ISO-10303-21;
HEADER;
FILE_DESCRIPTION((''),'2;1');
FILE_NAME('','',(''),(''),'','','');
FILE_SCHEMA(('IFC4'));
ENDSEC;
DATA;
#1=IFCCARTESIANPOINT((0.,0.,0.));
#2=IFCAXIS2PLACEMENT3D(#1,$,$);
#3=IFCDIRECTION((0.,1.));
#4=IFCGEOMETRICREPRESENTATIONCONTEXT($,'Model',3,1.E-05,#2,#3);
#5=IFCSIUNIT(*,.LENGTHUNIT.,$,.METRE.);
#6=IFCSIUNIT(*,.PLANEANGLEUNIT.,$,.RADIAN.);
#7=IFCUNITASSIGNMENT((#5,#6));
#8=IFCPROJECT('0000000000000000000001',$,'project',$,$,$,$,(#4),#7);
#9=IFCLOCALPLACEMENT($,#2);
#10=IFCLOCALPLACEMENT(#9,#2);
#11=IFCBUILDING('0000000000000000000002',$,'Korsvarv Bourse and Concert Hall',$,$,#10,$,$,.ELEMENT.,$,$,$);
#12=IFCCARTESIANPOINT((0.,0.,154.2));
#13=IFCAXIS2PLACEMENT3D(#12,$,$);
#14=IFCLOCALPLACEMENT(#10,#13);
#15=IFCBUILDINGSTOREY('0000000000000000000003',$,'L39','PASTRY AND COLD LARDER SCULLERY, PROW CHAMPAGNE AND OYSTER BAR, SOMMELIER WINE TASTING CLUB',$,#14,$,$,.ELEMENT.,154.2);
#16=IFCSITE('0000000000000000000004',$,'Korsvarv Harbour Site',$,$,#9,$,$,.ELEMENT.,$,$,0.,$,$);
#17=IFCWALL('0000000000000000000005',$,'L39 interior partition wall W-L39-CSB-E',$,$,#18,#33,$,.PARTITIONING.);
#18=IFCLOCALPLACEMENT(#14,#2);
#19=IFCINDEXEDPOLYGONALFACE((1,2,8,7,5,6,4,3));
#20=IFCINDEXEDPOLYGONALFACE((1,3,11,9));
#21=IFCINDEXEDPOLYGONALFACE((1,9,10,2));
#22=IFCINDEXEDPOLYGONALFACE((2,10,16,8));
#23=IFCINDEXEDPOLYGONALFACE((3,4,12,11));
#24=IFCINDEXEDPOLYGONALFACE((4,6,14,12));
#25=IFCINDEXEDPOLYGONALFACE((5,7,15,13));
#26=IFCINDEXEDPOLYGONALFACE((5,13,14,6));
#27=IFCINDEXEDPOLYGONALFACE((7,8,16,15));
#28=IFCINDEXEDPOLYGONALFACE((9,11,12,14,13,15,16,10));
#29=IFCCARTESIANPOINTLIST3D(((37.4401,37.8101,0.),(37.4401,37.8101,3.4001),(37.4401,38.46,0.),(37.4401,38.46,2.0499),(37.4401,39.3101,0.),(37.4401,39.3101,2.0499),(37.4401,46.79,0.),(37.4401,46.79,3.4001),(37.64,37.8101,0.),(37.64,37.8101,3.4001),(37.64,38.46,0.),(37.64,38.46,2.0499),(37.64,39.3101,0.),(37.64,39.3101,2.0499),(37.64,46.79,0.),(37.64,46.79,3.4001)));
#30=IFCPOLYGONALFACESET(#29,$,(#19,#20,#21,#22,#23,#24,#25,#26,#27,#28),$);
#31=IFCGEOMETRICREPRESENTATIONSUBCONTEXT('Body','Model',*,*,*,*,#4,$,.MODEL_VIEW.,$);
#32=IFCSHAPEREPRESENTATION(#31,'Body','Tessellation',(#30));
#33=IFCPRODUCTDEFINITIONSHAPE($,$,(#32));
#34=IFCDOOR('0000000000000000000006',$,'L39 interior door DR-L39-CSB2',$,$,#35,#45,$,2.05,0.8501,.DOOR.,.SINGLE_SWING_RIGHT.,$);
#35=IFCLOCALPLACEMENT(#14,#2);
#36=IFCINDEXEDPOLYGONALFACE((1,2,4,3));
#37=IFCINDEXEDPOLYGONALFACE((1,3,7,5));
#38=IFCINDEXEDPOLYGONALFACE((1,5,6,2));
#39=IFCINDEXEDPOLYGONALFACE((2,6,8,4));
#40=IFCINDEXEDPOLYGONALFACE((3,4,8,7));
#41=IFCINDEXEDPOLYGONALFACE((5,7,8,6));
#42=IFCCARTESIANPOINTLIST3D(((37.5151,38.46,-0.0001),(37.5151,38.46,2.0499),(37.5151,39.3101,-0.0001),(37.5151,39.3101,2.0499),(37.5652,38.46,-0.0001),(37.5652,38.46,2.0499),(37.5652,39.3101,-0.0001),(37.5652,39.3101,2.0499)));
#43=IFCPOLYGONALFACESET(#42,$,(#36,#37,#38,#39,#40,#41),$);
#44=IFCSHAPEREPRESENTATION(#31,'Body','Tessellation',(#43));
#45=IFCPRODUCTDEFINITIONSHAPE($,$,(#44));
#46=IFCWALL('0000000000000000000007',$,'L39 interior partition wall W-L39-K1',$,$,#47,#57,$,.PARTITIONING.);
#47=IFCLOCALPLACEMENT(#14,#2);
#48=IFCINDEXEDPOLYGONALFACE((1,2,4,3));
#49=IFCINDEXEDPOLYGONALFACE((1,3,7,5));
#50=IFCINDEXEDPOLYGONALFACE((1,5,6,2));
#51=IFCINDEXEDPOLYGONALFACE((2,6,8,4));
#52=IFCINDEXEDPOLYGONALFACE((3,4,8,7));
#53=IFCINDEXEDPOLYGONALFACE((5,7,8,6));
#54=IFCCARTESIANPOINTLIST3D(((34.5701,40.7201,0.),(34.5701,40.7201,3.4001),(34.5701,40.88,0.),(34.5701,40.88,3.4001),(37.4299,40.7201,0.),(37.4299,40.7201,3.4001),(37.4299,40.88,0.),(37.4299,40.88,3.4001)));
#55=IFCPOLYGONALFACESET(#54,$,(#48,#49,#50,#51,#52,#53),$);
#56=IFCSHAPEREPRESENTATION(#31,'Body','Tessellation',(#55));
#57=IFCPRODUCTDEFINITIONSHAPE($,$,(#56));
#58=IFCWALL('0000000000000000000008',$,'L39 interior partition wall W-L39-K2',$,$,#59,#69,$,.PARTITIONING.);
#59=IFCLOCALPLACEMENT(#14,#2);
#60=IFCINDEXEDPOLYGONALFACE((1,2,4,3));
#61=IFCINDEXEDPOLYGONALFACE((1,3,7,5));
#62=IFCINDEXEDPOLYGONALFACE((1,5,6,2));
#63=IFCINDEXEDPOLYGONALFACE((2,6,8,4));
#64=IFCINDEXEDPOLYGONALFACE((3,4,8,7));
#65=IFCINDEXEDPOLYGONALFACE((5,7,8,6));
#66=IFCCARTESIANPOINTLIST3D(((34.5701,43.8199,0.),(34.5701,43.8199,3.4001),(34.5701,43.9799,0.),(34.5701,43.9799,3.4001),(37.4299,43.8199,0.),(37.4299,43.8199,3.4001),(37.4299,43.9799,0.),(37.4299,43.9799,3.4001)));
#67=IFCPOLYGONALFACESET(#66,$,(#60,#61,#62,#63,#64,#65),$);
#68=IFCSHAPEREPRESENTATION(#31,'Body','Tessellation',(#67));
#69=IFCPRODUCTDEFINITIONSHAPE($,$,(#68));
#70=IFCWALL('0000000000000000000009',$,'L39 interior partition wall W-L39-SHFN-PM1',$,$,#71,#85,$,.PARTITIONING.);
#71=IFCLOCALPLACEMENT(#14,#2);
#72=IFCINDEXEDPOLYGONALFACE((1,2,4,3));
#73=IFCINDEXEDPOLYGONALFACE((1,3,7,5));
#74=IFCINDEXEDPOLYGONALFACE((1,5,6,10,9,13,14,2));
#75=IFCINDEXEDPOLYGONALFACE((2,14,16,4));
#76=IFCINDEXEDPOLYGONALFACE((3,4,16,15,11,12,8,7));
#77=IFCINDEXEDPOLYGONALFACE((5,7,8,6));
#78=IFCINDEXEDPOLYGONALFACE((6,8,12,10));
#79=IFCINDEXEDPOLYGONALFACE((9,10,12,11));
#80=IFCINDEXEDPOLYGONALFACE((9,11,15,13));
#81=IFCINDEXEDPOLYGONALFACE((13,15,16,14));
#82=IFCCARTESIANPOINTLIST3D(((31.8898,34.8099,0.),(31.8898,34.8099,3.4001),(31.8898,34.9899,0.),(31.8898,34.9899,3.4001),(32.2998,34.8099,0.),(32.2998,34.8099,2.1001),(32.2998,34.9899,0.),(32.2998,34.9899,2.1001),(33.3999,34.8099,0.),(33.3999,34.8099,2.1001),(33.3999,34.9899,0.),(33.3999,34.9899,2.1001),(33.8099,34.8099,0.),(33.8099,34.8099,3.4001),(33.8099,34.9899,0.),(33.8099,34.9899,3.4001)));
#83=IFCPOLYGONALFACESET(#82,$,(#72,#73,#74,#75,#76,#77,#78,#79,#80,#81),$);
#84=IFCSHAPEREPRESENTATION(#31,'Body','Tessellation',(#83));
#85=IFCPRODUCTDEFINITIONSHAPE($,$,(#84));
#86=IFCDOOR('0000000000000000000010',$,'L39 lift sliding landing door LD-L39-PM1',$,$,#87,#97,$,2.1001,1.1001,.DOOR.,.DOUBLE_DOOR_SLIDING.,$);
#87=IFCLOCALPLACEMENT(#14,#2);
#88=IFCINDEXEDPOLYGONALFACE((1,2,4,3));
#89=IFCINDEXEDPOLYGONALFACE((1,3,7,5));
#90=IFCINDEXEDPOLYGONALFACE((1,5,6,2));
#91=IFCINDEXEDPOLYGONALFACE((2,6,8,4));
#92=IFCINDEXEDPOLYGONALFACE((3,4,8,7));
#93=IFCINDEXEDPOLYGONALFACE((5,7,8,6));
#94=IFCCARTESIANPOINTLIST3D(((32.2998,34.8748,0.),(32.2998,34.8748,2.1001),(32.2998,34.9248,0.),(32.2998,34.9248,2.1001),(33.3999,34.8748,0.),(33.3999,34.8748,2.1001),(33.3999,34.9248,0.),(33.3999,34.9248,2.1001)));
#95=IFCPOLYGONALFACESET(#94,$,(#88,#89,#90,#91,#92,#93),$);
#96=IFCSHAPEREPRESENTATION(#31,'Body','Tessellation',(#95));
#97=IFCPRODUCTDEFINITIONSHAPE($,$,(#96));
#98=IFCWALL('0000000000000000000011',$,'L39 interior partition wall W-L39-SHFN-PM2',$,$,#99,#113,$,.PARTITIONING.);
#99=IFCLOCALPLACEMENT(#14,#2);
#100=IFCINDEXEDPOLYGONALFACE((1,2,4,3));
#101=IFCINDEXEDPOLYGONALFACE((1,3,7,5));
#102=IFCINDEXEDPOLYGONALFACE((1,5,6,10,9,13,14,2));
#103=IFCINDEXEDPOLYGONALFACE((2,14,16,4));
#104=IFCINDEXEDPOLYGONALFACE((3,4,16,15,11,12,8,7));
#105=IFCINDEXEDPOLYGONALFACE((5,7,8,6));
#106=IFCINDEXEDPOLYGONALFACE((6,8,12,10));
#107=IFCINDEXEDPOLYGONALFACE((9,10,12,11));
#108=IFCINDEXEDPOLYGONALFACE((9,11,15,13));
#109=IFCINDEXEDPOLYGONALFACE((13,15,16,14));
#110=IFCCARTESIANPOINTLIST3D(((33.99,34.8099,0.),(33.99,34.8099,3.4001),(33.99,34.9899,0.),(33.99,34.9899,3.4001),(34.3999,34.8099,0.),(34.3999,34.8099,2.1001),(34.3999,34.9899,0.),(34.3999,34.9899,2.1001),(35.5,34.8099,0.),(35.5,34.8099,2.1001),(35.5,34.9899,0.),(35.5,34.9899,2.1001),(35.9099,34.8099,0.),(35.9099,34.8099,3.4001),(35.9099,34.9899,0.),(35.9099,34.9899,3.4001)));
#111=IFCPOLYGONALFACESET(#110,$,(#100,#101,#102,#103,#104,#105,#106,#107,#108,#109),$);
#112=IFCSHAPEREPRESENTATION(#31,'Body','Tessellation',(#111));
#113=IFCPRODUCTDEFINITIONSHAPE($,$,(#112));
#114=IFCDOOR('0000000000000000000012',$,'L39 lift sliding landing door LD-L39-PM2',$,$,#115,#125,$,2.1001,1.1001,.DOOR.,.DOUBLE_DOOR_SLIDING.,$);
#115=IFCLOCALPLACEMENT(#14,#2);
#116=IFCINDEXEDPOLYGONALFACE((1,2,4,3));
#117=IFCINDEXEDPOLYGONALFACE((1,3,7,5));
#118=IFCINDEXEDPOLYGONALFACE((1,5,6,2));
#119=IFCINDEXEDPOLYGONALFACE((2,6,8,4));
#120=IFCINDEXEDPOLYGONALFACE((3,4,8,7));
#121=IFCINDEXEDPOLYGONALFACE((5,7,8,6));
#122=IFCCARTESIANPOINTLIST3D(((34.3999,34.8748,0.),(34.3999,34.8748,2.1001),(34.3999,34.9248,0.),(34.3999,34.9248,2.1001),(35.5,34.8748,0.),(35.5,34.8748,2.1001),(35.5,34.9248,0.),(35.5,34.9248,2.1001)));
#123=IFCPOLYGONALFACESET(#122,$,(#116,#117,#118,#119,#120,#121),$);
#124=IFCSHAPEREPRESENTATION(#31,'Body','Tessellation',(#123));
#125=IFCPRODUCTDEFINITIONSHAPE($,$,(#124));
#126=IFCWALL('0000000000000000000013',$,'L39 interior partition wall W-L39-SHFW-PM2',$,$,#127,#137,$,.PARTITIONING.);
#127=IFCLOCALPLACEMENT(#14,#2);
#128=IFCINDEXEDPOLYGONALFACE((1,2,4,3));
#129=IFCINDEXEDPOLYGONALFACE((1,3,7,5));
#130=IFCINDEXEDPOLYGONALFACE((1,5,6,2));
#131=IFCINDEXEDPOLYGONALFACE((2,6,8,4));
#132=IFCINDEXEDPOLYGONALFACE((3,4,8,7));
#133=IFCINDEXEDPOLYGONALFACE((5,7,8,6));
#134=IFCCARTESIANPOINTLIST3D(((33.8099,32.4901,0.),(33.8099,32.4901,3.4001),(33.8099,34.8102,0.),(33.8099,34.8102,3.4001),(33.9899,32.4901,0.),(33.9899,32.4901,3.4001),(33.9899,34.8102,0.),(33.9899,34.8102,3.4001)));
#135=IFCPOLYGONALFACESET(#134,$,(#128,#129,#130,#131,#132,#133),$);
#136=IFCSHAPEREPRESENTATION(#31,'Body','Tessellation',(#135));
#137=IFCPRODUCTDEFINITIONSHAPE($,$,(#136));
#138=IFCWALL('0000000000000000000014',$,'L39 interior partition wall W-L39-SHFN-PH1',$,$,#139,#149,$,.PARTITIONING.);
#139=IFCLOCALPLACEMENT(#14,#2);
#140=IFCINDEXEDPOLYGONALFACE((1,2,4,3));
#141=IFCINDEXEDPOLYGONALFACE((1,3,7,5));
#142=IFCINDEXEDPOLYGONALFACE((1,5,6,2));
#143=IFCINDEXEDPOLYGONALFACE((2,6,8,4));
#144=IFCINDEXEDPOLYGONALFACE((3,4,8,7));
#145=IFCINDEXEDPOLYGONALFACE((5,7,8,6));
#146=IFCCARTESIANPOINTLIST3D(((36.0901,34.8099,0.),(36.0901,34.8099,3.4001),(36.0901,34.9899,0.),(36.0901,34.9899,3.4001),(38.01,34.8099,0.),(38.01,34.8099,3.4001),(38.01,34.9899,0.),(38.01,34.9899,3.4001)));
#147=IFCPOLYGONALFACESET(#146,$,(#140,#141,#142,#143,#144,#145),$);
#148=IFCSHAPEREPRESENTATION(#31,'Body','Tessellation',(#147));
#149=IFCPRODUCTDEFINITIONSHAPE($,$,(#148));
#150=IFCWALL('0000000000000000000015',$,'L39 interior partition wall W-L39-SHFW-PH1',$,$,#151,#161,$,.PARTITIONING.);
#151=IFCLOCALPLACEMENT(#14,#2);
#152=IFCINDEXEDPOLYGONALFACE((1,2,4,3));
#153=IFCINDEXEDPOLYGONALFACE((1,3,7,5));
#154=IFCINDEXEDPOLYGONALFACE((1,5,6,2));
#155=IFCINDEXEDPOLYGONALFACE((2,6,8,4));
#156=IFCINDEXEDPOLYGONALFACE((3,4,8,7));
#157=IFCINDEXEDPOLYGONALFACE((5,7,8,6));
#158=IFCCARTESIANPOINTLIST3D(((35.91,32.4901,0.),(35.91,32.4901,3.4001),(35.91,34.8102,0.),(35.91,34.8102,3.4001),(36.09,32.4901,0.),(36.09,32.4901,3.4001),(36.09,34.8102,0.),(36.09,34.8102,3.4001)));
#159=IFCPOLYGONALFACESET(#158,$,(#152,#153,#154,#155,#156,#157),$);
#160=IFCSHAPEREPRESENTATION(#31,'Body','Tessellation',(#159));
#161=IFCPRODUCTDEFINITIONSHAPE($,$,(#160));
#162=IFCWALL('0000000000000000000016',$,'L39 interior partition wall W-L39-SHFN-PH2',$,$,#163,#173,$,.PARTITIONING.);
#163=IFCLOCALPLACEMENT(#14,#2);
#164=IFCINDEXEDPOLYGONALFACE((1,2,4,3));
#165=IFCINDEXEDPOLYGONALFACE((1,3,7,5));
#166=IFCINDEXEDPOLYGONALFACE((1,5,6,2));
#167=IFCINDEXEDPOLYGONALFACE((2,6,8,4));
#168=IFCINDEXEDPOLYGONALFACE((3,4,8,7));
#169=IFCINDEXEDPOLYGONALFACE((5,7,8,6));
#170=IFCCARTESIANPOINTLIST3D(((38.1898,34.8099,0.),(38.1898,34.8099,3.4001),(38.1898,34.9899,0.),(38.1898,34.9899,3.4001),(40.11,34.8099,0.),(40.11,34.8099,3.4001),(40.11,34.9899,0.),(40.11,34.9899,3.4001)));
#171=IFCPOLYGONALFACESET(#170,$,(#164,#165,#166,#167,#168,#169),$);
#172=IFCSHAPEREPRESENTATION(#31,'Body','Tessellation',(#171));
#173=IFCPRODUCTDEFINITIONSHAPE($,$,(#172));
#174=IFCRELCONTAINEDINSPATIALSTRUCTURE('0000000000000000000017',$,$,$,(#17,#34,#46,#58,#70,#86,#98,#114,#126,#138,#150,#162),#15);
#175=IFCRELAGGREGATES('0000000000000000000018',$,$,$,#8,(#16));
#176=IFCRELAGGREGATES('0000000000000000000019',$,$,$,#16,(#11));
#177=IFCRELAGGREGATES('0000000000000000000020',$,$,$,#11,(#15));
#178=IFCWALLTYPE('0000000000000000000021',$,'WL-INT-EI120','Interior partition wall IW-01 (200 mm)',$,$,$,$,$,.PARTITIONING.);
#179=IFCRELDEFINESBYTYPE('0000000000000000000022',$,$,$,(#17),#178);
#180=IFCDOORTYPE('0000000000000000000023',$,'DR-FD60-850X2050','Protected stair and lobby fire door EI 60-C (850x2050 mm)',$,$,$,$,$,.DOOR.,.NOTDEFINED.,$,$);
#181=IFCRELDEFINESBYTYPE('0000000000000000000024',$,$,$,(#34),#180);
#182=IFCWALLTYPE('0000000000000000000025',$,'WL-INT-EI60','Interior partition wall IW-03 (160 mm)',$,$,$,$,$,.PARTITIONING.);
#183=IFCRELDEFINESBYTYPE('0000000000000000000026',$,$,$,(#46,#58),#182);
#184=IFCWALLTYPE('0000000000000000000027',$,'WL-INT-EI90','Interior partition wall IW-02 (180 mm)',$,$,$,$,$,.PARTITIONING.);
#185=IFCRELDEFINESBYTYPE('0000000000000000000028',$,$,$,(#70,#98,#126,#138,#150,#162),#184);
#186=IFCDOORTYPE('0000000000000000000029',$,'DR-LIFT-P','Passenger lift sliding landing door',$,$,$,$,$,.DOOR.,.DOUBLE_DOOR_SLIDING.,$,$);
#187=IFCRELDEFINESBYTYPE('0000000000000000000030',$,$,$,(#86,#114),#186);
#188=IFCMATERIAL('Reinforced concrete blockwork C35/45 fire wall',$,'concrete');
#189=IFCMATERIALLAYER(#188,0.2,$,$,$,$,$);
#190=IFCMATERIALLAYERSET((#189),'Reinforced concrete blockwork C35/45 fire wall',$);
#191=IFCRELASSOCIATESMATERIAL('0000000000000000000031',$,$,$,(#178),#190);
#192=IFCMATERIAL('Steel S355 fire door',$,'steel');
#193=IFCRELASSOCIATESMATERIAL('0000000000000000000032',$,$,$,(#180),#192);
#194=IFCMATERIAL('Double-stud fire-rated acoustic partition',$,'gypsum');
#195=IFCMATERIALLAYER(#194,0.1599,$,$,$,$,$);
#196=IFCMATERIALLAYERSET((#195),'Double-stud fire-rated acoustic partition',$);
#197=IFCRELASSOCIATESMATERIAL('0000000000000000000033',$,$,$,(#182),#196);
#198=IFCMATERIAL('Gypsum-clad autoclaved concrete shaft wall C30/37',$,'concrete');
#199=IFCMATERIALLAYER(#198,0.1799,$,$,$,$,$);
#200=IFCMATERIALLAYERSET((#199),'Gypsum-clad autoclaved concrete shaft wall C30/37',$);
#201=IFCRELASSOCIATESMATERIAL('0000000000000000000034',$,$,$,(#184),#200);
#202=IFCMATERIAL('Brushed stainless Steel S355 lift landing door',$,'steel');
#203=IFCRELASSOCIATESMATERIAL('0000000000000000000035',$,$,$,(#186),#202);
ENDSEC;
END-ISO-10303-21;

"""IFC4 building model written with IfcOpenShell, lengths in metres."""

from ifc_helpers import new_model, si_unit, direction, frame, frame_2d, origin, place, context, subcontext, project, spatial, rectangle, extrude, material, layer, layer_set, type_object, element, fill, save


model = new_model("IFC4")

# Units and contexts
model_context = context("Model", 3, precision=1e-05, world=origin(), true_north=direction((0.0, 1.0)))
body_context = subcontext(model_context, "Body", "Model", "MODEL_VIEW")
ifc_project = project(units=[si_unit("LENGTHUNIT", "METRE"), si_unit("PLANEANGLEUNIT", "RADIAN")], contexts=[model_context])

# Site, building, storey
site_placement = place(None, origin())
site = spatial("IfcSite", under=ifc_project, at=site_placement, Name="Korsvarv Harbour Site", CompositionType="ELEMENT", RefElevation=0.0)
building_placement = place(site_placement, origin())
building = spatial("IfcBuilding", under=site, at=building_placement, Name="Korsvarv Bourse and Concert Hall", CompositionType="ELEMENT")
storey_placement = place(building_placement, frame((0.0, 0.0, 154.2)))
storey = spatial("IfcBuildingStorey", under=building, at=storey_placement, Name="L39", Description="PASTRY AND COLD LARDER SCULLERY, PROW CHAMPAGNE AND OYSTER BAR, SOMMELIER WINE TASTING CLUB", CompositionType="ELEMENT", Elevation=154.2)

# Wall, opening, door
ifc_material_1 = material(Name="Reinforced concrete blockwork C35/45 fire wall", Category="concrete")
ifc_layer_1 = layer(ifc_material_1, 0.2)
ifc_layer_set_1 = layer_set([ifc_layer_1], Name="Reinforced concrete blockwork C35/45 fire wall")
wall_type_1 = type_object("IfcWallType", Name="WL-INT-EI120", Description="Interior partition wall IW-01 (200 mm)", PredefinedType="PARTITIONING", material=ifc_layer_set_1)
ifc_material_2 = material(Name="Steel S355 fire door", Category="steel")
door_type_1 = type_object("IfcDoorType", Name="DR-FD60-850X2050", Description="Protected stair and lobby fire door EI 60-C (850x2050 mm)", OperationType="NOTDEFINED", PredefinedType="DOOR", material=ifc_material_2)
wall_1_placement = place(storey_placement, frame((37.54, 37.8101, 0.0), z_axis=(0.0, 0.0, 1.0), x_axis=(0.0, 1.0, 0.0)))
wall_1 = element("IfcWall", 1, at=wall_1_placement, inside=storey, type_object=wall_type_1, Name="L39 interior partition wall W-L39-CSB-E", PredefinedType="PARTITIONING", context=body_context, shape_type="SweptSolid", body=[
    extrude(rectangle(XDim=8.98, YDim=0.2, at=frame_2d((4.49, 0.0))), origin(), (0.0, 0.0, 1.0), 3.4001),
])
opening_1_placement = place(wall_1_placement, frame((0.6499, 0.0, 0.0)))
opening_1 = element("IfcOpeningElement", 2, at=opening_1_placement, cuts=wall_1, PredefinedType="OPENING", context=body_context, shape_type="SweptSolid", body=[
    extrude(rectangle(XDim=0.8501, YDim=2.05, at=frame_2d((0.425, 1.0249))), frame((0.0, 0.1099, 0.0), z_axis=(0.0, -1.0, 0.0), x_axis=(1.0, 0.0, 0.0)), (0.0, 0.0, 1.0), 0.22),
])
door_1_placement = place(opening_1_placement, origin())
door_1 = element("IfcDoor", 3, at=door_1_placement, inside=storey, type_object=door_type_1, Name="L39 interior door DR-L39-CSB2", OperationType="SINGLE_SWING_RIGHT", OverallHeight=2.05, OverallWidth=0.8501, PredefinedType="DOOR", context=body_context, shape_type="SweptSolid", body=[
    extrude(rectangle(XDim=0.8501, YDim=2.05, at=frame_2d((0.425, 1.0249))), frame((0.0, 0.0249, 0.0), z_axis=(0.0, -1.0, 0.0), x_axis=(1.0, 0.0, 0.0)), (0.0, 0.0, 1.0), 0.05),
])
fill(opening_1, door_1)

# Walls
ifc_material_3 = material(Name="Double-stud fire-rated acoustic partition", Category="gypsum")
ifc_layer_2 = layer(ifc_material_3, 0.1599)
ifc_layer_set_2 = layer_set([ifc_layer_2], Name="Double-stud fire-rated acoustic partition")
wall_type_2 = type_object("IfcWallType", Name="WL-INT-EI60", Description="Interior partition wall IW-03 (160 mm)", PredefinedType="PARTITIONING", material=ifc_layer_set_2)
for number, where, z_axis, x_axis, name in (
    (4, (34.5701, 40.8, 0.0), (0.0, 0.0, 1.0), (1.0, 0.0, 0.0), "L39 interior partition wall W-L39-K1"),
    (5, (34.5701, 43.8999, 0.0), (0.0, 0.0, 1.0), (1.0, 0.0, 0.0), "L39 interior partition wall W-L39-K2"),
):
    element("IfcWall", number, at=place(storey_placement, frame(where, z_axis=z_axis, x_axis=x_axis)), inside=storey, type_object=wall_type_2, Name=name, PredefinedType="PARTITIONING", context=body_context, shape_type="SweptSolid", body=[
        extrude(rectangle(XDim=2.8599, YDim=0.1599, at=frame_2d((1.4299, 0.0))), origin(), (0.0, 0.0, 1.0), 3.4001),
    ])

# Walls, openings, doors
ifc_material_4 = material(Name="Gypsum-clad autoclaved concrete shaft wall C30/37", Category="concrete")
ifc_layer_3 = layer(ifc_material_4, 0.1799)
ifc_layer_set_3 = layer_set([ifc_layer_3], Name="Gypsum-clad autoclaved concrete shaft wall C30/37")
wall_type_3 = type_object("IfcWallType", Name="WL-INT-EI90", Description="Interior partition wall IW-02 (180 mm)", PredefinedType="PARTITIONING", material=ifc_layer_set_3)
wall_2_placement = place(storey_placement, frame((31.8899, 34.8999, 0.0), z_axis=(0.0, 0.0, 1.0), x_axis=(1.0, 0.0, 0.0)))
wall_2 = element("IfcWall", 6, at=wall_2_placement, inside=storey, type_object=wall_type_3, Name="L39 interior partition wall W-L39-SHFN-PM1", PredefinedType="PARTITIONING", context=body_context, shape_type="SweptSolid", body=[
    extrude(rectangle(XDim=1.9202, YDim=0.1799, at=frame_2d((0.96, 0.0))), origin(), (0.0, 0.0, 1.0), 3.4001),
])
opening_2_placement = place(wall_2_placement, frame((0.4099, 0.0, 0.0)))
opening_2 = element("IfcOpeningElement", 7, at=opening_2_placement, cuts=wall_2, PredefinedType="OPENING", context=body_context, shape_type="SweptSolid", body=[
    extrude(rectangle(XDim=1.1001, YDim=2.1001, at=frame_2d((0.55, 1.05))), frame((0.0, 0.1001, 0.0), z_axis=(0.0, -1.0, 0.0), x_axis=(1.0, 0.0, 0.0)), (0.0, 0.0, 1.0), 0.2),
])
ifc_material_5 = material(Name="Brushed stainless Steel S355 lift landing door", Category="steel")
door_type_2 = type_object("IfcDoorType", Name="DR-LIFT-P", Description="Passenger lift sliding landing door", OperationType="DOUBLE_DOOR_SLIDING", PredefinedType="DOOR", material=ifc_material_5)
door_2_placement = place(opening_2_placement, origin())
door_2 = element("IfcDoor", 8, at=door_2_placement, inside=storey, type_object=door_type_2, Name="L39 lift sliding landing door LD-L39-PM1", OperationType="DOUBLE_DOOR_SLIDING", OverallHeight=2.1001, OverallWidth=1.1001, PredefinedType="DOOR", context=body_context, shape_type="SweptSolid", body=[
    extrude(rectangle(XDim=1.1001, YDim=2.1001, at=frame_2d((0.55, 1.05))), frame((0.0, 0.0249, 0.0), z_axis=(0.0, -1.0, 0.0), x_axis=(1.0, 0.0, 0.0)), (0.0, 0.0, 1.0), 0.05),
])
fill(opening_2, door_2)
wall_3_placement = place(storey_placement, frame((33.99, 34.8999, 0.0), z_axis=(0.0, 0.0, 1.0), x_axis=(1.0, 0.0, 0.0)))
wall_3 = element("IfcWall", 9, at=wall_3_placement, inside=storey, type_object=wall_type_3, Name="L39 interior partition wall W-L39-SHFN-PM2", PredefinedType="PARTITIONING", context=body_context, shape_type="SweptSolid", body=[
    extrude(rectangle(XDim=1.9199, YDim=0.1799, at=frame_2d((0.96, 0.0))), origin(), (0.0, 0.0, 1.0), 3.4001),
])
opening_3_placement = place(wall_3_placement, frame((0.4099, 0.0, 0.0)))
opening_3 = element("IfcOpeningElement", 10, at=opening_3_placement, cuts=wall_3, PredefinedType="OPENING", context=body_context, shape_type="SweptSolid", body=[
    extrude(rectangle(XDim=1.1001, YDim=2.1001, at=frame_2d((0.55, 1.05))), frame((0.0, 0.1001, 0.0), z_axis=(0.0, -1.0, 0.0), x_axis=(1.0, 0.0, 0.0)), (0.0, 0.0, 1.0), 0.2),
])
door_3_placement = place(opening_3_placement, origin())
door_3 = element("IfcDoor", 11, at=door_3_placement, inside=storey, type_object=door_type_2, Name="L39 lift sliding landing door LD-L39-PM2", OperationType="DOUBLE_DOOR_SLIDING", OverallHeight=2.1001, OverallWidth=1.1001, PredefinedType="DOOR", context=body_context, shape_type="SweptSolid", body=[
    extrude(rectangle(XDim=1.1001, YDim=2.1001, at=frame_2d((0.55, 1.05))), frame((0.0, 0.0249, 0.0), z_axis=(0.0, -1.0, 0.0), x_axis=(1.0, 0.0, 0.0)), (0.0, 0.0, 1.0), 0.05),
])
fill(opening_3, door_3)

# Walls
wall_4_placement = place(storey_placement, frame((33.8999, 32.49, 0.0), z_axis=(0.0, 0.0, 1.0), x_axis=(0.0, 1.0, 0.0)))
element("IfcWall", 12, at=wall_4_placement, inside=storey, type_object=wall_type_3, Name="L39 interior partition wall W-L39-SHFW-PM2", PredefinedType="PARTITIONING", context=body_context, shape_type="SweptSolid", body=[
    extrude(rectangle(XDim=2.3201, YDim=0.1799, at=frame_2d((1.1602, 0.0))), origin(), (0.0, 0.0, 1.0), 3.4001),
])
wall_5_placement = place(storey_placement, frame((36.0901, 34.8999, 0.0), z_axis=(0.0, 0.0, 1.0), x_axis=(1.0, 0.0, 0.0)))
element("IfcWall", 13, at=wall_5_placement, inside=storey, type_object=wall_type_3, Name="L39 interior partition wall W-L39-SHFN-PH1", PredefinedType="PARTITIONING", context=body_context, shape_type="SweptSolid", body=[
    extrude(rectangle(XDim=1.9199, YDim=0.1799, at=frame_2d((0.96, 0.0))), origin(), (0.0, 0.0, 1.0), 3.4001),
])
wall_6_placement = place(storey_placement, frame((36.0, 32.49, 0.0), z_axis=(0.0, 0.0, 1.0), x_axis=(0.0, 1.0, 0.0)))
element("IfcWall", 14, at=wall_6_placement, inside=storey, type_object=wall_type_3, Name="L39 interior partition wall W-L39-SHFW-PH1", PredefinedType="PARTITIONING", context=body_context, shape_type="SweptSolid", body=[
    extrude(rectangle(XDim=2.3201, YDim=0.1799, at=frame_2d((1.1602, 0.0))), origin(), (0.0, 0.0, 1.0), 3.4001),
])
wall_7_placement = place(storey_placement, frame((38.1899, 34.8999, 0.0), z_axis=(0.0, 0.0, 1.0), x_axis=(1.0, 0.0, 0.0)))
element("IfcWall", 15, at=wall_7_placement, inside=storey, type_object=wall_type_3, Name="L39 interior partition wall W-L39-SHFN-PH2", PredefinedType="PARTITIONING", context=body_context, shape_type="SweptSolid", body=[
    extrude(rectangle(XDim=1.9202, YDim=0.1799, at=frame_2d((0.96, 0.0))), origin(), (0.0, 0.0, 1.0), 3.4001),
])

save(model, "model.ifc")
